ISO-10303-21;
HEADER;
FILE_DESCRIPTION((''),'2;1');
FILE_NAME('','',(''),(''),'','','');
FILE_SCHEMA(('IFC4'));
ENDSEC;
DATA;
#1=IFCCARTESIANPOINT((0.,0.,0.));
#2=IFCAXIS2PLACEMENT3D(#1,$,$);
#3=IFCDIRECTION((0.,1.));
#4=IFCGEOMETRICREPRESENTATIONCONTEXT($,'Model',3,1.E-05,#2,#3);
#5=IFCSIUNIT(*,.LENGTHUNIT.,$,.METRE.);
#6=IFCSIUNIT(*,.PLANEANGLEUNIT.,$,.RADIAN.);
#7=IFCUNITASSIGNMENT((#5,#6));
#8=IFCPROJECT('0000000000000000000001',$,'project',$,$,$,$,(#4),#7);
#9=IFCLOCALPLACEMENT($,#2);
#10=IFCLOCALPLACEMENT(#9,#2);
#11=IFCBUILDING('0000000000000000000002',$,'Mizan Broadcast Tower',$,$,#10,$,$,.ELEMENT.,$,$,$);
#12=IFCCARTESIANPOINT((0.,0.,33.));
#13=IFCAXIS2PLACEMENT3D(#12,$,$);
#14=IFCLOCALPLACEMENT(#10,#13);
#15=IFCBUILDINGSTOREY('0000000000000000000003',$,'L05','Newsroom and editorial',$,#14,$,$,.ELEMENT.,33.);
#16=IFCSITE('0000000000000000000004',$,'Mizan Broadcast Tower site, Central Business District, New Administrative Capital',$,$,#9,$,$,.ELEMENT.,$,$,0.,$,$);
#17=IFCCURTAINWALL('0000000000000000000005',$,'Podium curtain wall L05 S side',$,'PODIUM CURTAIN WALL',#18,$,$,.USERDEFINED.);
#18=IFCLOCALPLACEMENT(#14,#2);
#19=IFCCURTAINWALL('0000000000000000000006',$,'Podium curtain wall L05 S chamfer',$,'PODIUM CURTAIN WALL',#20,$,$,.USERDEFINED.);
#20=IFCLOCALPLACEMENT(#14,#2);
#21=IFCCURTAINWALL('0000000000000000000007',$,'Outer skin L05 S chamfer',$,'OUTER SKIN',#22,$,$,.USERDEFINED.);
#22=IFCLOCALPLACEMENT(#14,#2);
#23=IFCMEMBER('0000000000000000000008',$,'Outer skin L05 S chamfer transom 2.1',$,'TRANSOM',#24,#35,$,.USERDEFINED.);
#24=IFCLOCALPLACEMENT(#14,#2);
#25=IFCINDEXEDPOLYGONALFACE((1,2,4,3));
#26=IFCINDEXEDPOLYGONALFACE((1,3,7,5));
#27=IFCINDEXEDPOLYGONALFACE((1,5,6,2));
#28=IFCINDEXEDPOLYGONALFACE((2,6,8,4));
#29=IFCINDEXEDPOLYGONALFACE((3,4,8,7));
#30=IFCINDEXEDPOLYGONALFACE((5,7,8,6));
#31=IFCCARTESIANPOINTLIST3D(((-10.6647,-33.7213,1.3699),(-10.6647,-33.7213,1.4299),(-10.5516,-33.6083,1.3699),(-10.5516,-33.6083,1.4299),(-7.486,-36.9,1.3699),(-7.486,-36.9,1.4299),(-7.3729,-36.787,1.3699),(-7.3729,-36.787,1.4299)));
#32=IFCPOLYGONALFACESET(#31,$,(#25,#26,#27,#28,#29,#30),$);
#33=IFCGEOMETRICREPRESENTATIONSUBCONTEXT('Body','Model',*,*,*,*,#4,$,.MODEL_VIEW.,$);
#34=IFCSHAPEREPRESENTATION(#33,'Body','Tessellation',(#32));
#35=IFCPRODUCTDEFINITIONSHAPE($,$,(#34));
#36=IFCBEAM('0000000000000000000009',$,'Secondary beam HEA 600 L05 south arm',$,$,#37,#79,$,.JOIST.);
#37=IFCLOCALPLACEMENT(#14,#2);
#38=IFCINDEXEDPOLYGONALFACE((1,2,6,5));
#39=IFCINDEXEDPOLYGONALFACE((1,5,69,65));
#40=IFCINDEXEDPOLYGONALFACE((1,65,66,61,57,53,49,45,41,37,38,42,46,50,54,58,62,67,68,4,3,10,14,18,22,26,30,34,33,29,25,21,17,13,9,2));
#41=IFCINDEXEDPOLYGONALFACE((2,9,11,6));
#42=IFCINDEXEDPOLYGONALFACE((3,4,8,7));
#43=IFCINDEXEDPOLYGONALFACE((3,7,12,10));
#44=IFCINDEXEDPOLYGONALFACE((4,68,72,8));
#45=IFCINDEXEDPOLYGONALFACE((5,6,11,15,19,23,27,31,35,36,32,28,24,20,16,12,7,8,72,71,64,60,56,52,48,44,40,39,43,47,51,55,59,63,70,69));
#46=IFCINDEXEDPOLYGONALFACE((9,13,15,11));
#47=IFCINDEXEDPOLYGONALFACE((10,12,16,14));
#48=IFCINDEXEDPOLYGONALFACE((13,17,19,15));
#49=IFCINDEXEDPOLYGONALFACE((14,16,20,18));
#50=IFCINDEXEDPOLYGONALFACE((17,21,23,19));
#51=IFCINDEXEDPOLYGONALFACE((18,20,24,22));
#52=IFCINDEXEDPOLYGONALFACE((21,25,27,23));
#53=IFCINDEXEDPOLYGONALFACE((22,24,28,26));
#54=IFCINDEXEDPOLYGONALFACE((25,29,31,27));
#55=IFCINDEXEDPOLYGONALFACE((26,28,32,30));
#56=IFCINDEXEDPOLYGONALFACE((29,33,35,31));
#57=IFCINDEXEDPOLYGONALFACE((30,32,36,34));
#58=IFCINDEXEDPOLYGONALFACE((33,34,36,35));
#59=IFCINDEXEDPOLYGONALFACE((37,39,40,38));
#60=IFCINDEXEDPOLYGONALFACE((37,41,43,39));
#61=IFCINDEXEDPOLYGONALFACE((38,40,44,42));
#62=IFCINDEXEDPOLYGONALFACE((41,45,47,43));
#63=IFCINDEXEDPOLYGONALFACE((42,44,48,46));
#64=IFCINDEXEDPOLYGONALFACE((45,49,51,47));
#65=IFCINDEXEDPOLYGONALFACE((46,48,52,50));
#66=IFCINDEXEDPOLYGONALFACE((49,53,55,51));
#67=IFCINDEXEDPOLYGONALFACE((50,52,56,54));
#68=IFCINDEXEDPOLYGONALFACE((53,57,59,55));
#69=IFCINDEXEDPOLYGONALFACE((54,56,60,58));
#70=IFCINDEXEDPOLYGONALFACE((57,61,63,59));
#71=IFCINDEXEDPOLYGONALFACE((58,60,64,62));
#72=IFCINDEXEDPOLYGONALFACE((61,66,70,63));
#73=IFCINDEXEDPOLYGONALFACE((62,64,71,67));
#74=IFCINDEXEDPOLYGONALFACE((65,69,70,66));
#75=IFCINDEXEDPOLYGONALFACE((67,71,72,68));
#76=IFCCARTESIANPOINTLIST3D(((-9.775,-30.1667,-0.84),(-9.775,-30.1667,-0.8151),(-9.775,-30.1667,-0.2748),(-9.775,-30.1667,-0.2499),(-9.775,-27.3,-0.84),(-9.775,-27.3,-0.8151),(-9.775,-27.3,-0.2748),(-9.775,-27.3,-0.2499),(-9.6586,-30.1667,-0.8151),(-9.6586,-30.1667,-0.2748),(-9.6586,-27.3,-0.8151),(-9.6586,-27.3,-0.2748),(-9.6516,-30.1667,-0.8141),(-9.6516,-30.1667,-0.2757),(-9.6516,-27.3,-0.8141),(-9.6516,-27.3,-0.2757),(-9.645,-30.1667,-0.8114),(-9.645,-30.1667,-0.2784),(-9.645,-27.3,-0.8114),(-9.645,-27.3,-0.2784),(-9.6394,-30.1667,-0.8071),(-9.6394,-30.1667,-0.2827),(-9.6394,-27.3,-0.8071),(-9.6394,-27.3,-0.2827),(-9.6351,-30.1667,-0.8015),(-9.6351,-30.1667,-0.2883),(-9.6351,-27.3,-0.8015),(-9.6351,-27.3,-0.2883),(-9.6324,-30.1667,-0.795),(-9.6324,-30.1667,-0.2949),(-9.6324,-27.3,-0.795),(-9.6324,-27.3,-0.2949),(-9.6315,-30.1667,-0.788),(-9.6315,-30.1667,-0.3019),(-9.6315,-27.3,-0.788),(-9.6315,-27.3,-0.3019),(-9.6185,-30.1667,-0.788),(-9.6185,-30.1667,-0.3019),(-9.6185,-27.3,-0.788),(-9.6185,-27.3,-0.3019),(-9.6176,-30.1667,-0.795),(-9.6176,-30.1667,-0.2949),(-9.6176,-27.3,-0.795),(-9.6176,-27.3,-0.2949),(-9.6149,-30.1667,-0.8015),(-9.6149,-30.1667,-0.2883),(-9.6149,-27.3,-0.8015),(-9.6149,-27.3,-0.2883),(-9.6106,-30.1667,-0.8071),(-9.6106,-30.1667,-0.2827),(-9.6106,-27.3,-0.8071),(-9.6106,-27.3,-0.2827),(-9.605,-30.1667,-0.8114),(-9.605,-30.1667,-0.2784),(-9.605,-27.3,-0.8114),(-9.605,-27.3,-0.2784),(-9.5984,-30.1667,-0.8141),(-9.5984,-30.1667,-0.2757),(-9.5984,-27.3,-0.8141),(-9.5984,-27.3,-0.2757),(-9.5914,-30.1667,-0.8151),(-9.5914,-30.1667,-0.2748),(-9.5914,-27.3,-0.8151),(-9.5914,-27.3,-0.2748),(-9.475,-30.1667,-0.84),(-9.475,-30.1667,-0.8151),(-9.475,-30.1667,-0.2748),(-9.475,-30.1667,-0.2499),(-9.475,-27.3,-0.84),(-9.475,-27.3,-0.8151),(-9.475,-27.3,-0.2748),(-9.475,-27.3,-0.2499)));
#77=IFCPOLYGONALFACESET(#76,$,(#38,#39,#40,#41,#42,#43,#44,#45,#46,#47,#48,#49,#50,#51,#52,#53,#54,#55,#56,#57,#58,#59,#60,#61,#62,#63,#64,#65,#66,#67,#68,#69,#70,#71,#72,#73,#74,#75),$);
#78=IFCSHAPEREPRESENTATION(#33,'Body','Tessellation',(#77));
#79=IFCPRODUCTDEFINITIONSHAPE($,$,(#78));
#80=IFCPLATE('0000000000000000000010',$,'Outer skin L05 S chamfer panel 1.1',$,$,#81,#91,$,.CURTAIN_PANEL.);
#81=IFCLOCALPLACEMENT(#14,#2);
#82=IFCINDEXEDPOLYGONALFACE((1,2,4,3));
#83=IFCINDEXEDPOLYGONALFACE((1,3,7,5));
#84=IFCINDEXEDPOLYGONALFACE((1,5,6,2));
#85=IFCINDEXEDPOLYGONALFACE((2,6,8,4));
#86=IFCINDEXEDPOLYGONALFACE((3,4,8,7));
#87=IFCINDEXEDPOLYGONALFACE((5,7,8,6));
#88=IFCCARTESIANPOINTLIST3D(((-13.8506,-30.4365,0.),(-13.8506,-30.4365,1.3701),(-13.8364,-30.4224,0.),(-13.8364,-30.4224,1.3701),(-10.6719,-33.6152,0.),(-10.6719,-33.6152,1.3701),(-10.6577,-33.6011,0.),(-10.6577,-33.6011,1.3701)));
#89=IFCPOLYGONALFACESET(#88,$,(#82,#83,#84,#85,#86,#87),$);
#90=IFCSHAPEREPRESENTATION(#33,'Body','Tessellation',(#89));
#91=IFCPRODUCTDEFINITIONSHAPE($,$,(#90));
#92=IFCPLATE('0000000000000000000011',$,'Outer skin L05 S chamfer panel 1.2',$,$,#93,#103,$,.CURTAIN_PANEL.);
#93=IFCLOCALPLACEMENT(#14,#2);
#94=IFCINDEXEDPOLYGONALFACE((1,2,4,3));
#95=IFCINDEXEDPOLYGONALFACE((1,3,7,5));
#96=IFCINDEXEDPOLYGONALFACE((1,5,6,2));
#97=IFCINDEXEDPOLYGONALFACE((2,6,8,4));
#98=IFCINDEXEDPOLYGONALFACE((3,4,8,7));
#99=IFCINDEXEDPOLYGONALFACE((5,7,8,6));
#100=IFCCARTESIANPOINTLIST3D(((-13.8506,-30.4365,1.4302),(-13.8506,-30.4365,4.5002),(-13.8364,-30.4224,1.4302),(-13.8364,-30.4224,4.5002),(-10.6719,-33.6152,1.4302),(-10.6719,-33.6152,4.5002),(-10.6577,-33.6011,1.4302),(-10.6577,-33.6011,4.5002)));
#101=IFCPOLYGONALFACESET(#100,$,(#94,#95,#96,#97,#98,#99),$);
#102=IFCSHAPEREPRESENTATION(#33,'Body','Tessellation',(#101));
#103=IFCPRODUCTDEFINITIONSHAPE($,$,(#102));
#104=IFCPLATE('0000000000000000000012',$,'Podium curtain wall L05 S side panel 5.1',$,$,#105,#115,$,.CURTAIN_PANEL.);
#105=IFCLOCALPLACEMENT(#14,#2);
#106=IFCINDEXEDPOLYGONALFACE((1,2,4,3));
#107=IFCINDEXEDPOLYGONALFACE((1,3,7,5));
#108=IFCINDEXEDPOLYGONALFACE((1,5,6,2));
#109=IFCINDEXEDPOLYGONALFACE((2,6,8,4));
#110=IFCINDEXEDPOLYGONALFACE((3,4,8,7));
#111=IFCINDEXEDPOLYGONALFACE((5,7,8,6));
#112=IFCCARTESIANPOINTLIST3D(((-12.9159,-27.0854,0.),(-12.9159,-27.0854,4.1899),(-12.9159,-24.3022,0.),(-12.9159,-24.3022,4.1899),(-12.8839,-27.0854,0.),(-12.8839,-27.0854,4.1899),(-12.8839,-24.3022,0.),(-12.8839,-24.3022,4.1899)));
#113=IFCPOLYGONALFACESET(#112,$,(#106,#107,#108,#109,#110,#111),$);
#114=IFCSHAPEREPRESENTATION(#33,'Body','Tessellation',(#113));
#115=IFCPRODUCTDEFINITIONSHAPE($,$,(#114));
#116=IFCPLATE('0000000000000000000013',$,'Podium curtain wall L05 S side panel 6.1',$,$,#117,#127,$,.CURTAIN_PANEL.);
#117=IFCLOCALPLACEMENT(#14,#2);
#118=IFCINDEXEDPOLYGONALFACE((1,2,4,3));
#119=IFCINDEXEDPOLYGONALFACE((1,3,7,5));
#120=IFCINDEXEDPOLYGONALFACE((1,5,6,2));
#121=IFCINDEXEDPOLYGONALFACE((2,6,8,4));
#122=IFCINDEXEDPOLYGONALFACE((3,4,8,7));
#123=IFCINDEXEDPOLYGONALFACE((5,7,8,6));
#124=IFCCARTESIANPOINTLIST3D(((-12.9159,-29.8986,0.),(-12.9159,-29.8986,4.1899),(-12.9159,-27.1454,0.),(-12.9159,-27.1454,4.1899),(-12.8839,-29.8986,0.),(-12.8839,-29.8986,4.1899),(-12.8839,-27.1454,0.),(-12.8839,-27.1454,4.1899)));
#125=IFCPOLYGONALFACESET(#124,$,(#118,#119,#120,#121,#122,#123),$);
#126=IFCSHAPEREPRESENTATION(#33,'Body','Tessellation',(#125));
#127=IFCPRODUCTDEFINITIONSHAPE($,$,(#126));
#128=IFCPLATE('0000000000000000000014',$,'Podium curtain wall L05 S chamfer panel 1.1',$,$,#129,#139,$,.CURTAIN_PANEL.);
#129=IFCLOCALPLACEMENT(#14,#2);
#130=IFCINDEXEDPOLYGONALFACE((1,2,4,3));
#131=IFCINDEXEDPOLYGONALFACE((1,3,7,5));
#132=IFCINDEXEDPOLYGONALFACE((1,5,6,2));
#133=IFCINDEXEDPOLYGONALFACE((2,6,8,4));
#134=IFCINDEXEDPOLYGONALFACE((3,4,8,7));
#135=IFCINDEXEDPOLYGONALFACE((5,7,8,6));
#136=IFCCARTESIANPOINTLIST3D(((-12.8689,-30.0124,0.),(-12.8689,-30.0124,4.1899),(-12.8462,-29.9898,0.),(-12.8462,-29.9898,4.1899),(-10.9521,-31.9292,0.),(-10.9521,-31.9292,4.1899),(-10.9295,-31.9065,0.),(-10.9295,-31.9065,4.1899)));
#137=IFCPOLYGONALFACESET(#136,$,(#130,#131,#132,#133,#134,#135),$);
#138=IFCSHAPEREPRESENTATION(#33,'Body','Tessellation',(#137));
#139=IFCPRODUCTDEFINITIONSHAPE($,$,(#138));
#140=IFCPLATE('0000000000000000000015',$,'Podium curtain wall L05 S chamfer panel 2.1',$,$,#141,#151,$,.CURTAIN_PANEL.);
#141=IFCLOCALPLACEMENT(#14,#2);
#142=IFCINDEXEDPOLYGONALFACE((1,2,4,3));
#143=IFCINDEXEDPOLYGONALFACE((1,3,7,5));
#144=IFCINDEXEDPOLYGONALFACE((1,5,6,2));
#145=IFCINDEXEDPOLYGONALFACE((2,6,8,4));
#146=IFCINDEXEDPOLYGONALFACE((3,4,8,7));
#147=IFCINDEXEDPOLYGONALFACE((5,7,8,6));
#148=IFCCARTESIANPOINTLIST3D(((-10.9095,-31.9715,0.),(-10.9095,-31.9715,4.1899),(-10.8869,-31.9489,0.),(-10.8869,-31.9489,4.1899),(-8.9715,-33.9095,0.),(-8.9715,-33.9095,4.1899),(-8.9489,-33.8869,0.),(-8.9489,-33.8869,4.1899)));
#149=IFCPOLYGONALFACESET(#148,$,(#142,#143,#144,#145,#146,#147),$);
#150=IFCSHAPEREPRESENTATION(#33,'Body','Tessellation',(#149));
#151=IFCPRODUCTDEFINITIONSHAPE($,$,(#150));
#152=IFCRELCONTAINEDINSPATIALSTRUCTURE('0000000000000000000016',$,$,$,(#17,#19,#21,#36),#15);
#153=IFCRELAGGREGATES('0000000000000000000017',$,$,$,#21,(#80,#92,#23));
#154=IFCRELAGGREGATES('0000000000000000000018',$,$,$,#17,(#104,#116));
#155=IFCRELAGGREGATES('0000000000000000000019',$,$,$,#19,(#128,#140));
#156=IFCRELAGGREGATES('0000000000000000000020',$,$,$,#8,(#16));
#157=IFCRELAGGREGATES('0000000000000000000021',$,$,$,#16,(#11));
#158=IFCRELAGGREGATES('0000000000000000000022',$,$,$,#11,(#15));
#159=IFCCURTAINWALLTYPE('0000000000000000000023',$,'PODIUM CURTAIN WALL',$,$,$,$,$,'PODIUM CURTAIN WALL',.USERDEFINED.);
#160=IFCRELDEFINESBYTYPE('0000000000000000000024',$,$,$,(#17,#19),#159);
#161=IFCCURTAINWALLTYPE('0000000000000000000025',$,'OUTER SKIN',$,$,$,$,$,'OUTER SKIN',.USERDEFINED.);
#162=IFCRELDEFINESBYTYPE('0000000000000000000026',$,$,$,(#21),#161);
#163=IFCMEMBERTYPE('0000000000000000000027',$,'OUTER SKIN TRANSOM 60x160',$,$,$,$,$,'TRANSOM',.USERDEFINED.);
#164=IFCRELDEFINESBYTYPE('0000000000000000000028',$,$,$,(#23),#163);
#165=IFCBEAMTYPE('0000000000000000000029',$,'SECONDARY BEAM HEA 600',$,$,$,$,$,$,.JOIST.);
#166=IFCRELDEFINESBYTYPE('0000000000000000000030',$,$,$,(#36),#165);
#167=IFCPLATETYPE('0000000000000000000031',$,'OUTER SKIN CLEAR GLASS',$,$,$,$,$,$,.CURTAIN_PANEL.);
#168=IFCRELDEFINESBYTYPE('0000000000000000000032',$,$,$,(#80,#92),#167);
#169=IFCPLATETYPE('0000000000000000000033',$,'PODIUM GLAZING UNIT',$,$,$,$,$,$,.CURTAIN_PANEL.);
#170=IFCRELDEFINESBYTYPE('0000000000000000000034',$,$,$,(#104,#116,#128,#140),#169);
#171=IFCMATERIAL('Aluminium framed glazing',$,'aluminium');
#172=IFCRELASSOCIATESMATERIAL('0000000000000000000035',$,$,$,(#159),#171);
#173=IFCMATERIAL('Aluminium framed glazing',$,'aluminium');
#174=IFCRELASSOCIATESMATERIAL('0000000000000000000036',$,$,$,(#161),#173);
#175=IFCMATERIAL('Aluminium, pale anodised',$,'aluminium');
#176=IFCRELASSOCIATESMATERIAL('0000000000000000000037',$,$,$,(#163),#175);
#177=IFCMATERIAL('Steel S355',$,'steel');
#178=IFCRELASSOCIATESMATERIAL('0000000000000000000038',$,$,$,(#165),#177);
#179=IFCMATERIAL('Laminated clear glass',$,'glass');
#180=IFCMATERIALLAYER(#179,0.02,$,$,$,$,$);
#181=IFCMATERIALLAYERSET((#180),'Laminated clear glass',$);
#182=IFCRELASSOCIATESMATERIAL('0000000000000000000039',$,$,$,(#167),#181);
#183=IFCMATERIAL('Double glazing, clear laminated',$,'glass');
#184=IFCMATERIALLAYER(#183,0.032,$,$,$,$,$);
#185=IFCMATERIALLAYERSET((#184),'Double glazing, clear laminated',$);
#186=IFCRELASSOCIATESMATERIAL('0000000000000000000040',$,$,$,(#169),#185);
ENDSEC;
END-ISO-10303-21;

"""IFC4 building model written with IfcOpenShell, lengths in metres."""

from ifc_helpers import new_model, si_unit, direction, frame, origin, origin_2d, place, context, subcontext, project, spatial, rectangle, i_section, extrude, material, layer, layer_set, material_profile, profile_set, type_object, element, aggregate, save


model = new_model("IFC4")

# Units and contexts
model_context = context("Model", 3, precision=1e-05, world=origin(), true_north=direction((0.0, 1.0)))
body_context = subcontext(model_context, "Body", "Model", "MODEL_VIEW")
ifc_project = project(units=[si_unit("LENGTHUNIT", "METRE"), si_unit("PLANEANGLEUNIT", "RADIAN")], contexts=[model_context])

# Site, building, storey
site_placement = place(None, origin())
site = spatial("IfcSite", under=ifc_project, at=site_placement, Name="Mizan Broadcast Tower site, Central Business District, New Administrative Capital", CompositionType="ELEMENT", RefElevation=0.0)
building_placement = place(site_placement, origin())
building = spatial("IfcBuilding", under=site, at=building_placement, Name="Mizan Broadcast Tower", CompositionType="ELEMENT")
storey_placement = place(building_placement, frame((0.0, 0.0, 33.0)))
storey = spatial("IfcBuildingStorey", under=building, at=storey_placement, Name="L05", Description="Newsroom and editorial", CompositionType="ELEMENT", Elevation=33.0)

# Curtain wall
ifc_material_1 = material(Name="Aluminium framed glazing", Category="aluminium")
curtain_wall_type_1 = type_object("IfcCurtainWallType", Name="PODIUM CURTAIN WALL", ElementType="PODIUM CURTAIN WALL", PredefinedType="USERDEFINED", material=ifc_material_1)
curtain_wall_1_placement = place(storey_placement, origin())
curtain_wall_1 = element("IfcCurtainWall", 1, at=curtain_wall_1_placement, inside=storey, type_object=curtain_wall_type_1, Name="Podium curtain wall L05 S side", ObjectType="PODIUM CURTAIN WALL", PredefinedType="USERDEFINED")

# Curtain wall
curtain_wall_2_placement = place(storey_placement, origin())
curtain_wall_2 = element("IfcCurtainWall", 2, at=curtain_wall_2_placement, inside=storey, type_object=curtain_wall_type_1, Name="Podium curtain wall L05 S chamfer", ObjectType="PODIUM CURTAIN WALL", PredefinedType="USERDEFINED")

# Curtain wall, member
ifc_material_2 = material(Name="Aluminium framed glazing", Category="aluminium")
curtain_wall_type_2 = type_object("IfcCurtainWallType", Name="OUTER SKIN", ElementType="OUTER SKIN", PredefinedType="USERDEFINED", material=ifc_material_2)
curtain_wall_3_placement = place(storey_placement, origin())
curtain_wall_3 = element("IfcCurtainWall", 3, at=curtain_wall_3_placement, inside=storey, type_object=curtain_wall_type_2, Name="Outer skin L05 S chamfer", ObjectType="OUTER SKIN", PredefinedType="USERDEFINED")
ifc_material_3 = material(Name="Aluminium, pale anodised", Category="aluminium")
ifc_material_profile_1 = material_profile(ifc_material_3, rectangle(XDim=0.1599, YDim=0.0601, at=origin_2d()), Name="TRANSOM 160x60")
ifc_profile_set_1 = profile_set([ifc_material_profile_1], Name="Aluminium, pale anodised")
member_type_1 = type_object("IfcMemberType", Name="OUTER SKIN TRANSOM 60x160", ElementType="TRANSOM", PredefinedType="USERDEFINED", material=ifc_profile_set_1)
member_1_placement = place(storey_placement, frame((-10.6082, -33.6648, 1.3999), z_axis=(0.707107, -0.707107, 0.0), x_axis=(0.707107, 0.707107, 0.0)))
member_1 = element("IfcMember", 4, at=member_1_placement, type_object=member_type_1, Name="Outer skin L05 S chamfer transom 2.1", ObjectType="TRANSOM", PredefinedType="USERDEFINED", context=body_context, shape_type="SweptSolid", body=[
    extrude(rectangle(XDim=0.1599, YDim=0.0601, at=origin_2d()), origin(), (0.0, 0.0, 1.0), 4.4954),
])

# Beam
ifc_material_4 = material(Name="Steel S355", Category="steel")
ifc_material_profile_2 = material_profile(ifc_material_4, i_section(OverallWidth=0.3, OverallDepth=0.5901, WebThickness=0.0129, FlangeThickness=0.0249, FilletRadius=0.0271, at=origin_2d()), Name="HEA 600")
ifc_profile_set_2 = profile_set([ifc_material_profile_2], Name="Steel S355")
beam_type_1 = type_object("IfcBeamType", Name="SECONDARY BEAM HEA 600", PredefinedType="JOIST", material=ifc_profile_set_2)
beam_1_placement = place(storey_placement, frame((-9.625, -27.3, -0.5449), z_axis=(0.0, -1.0, 0.0), x_axis=(1.0, 0.0, 0.0)))
element("IfcBeam", 5, at=beam_1_placement, inside=storey, type_object=beam_type_1, Name="Secondary beam HEA 600 L05 south arm", PredefinedType="JOIST", context=body_context, shape_type="SweptSolid", body=[
    extrude(i_section(OverallWidth=0.3, OverallDepth=0.5901, WebThickness=0.0129, FlangeThickness=0.0249, FilletRadius=0.0271, at=origin_2d()), origin(), (0.0, 0.0, 1.0), 2.8667),
])

# Plates
ifc_material_5 = material(Name="Laminated clear glass", Category="glass")
ifc_layer_1 = layer(ifc_material_5, 0.02)
ifc_layer_set_1 = layer_set([ifc_layer_1], Name="Laminated clear glass")
plate_type_1 = type_object("IfcPlateType", Name="OUTER SKIN CLEAR GLASS", PredefinedType="CURTAIN_PANEL", material=ifc_layer_set_1)
plate_1_placement = place(storey_placement, frame((-12.2542, -32.0188, 0.0), z_axis=(0.0, 0.0, 1.0), x_axis=(0.707107, -0.707107, 0.0)))
plate_1 = element("IfcPlate", 6, at=plate_1_placement, type_object=plate_type_1, Name="Outer skin L05 S chamfer panel 1.1", PredefinedType="CURTAIN_PANEL", context=body_context, shape_type="SweptSolid", body=[
    extrude(rectangle(XDim=4.4954, YDim=0.02, at=origin_2d()), origin(), (0.0, 0.0, 1.0), 1.3701),
])
plate_2_placement = place(storey_placement, frame((-12.2542, -32.0188, 1.4302), z_axis=(0.0, 0.0, 1.0), x_axis=(0.707107, -0.707107, 0.0)))
plate_2 = element("IfcPlate", 7, at=plate_2_placement, type_object=plate_type_1, Name="Outer skin L05 S chamfer panel 1.2", PredefinedType="CURTAIN_PANEL", context=body_context, shape_type="SweptSolid", body=[
    extrude(rectangle(XDim=4.4954, YDim=0.02, at=origin_2d()), origin(), (0.0, 0.0, 1.0), 3.0701),
])
aggregate(curtain_wall_3, [plate_1, plate_2, member_1])
ifc_material_6 = material(Name="Double glazing, clear laminated", Category="glass")
ifc_layer_2 = layer(ifc_material_6, 0.032)
ifc_layer_set_2 = layer_set([ifc_layer_2], Name="Double glazing, clear laminated")
plate_type_2 = type_object("IfcPlateType", Name="PODIUM GLAZING UNIT", PredefinedType="CURTAIN_PANEL", material=ifc_layer_set_2)
plate_3_placement = place(storey_placement, frame((-12.8999, -25.6938, 0.0), z_axis=(0.0, 0.0, 1.0), x_axis=(0.0, -1.0, 0.0)))
plate_3 = element("IfcPlate", 8, at=plate_3_placement, type_object=plate_type_2, Name="Podium curtain wall L05 S side panel 5.1", PredefinedType="CURTAIN_PANEL", context=body_context, shape_type="SweptSolid", body=[
    extrude(rectangle(XDim=2.7832, YDim=0.032, at=origin_2d()), origin(), (0.0, 0.0, 1.0), 4.1899),
])
plate_4_placement = place(storey_placement, frame((-12.8999, -28.522, 0.0), z_axis=(0.0, 0.0, 1.0), x_axis=(0.0, -1.0, 0.0)))
plate_4 = element("IfcPlate", 9, at=plate_4_placement, type_object=plate_type_2, Name="Podium curtain wall L05 S side panel 6.1", PredefinedType="CURTAIN_PANEL", context=body_context, shape_type="SweptSolid", body=[
    extrude(rectangle(XDim=2.7532, YDim=0.032, at=origin_2d()), origin(), (0.0, 0.0, 1.0), 4.1899),
])
aggregate(curtain_wall_1, [plate_3, plate_4])
plate_5_placement = place(storey_placement, frame((-11.8992, -30.9595, 0.0), z_axis=(0.0, 0.0, 1.0), x_axis=(0.707107, -0.707107, 0.0)))
plate_5 = element("IfcPlate", 10, at=plate_5_placement, type_object=plate_type_2, Name="Podium curtain wall L05 S chamfer panel 1.1", PredefinedType="CURTAIN_PANEL", context=body_context, shape_type="SweptSolid", body=[
    extrude(rectangle(XDim=2.7107, YDim=0.032, at=origin_2d()), origin(), (0.0, 0.0, 1.0), 4.1899),
])
plate_6_placement = place(storey_placement, frame((-9.9292, -32.9292, 0.0), z_axis=(0.0, 0.0, 1.0), x_axis=(0.707107, -0.707107, 0.0)))
plate_6 = element("IfcPlate", 11, at=plate_6_placement, type_object=plate_type_2, Name="Podium curtain wall L05 S chamfer panel 2.1", PredefinedType="CURTAIN_PANEL", context=body_context, shape_type="SweptSolid", body=[
    extrude(rectangle(XDim=2.7407, YDim=0.032, at=origin_2d()), origin(), (0.0, 0.0, 1.0), 4.1899),
])
aggregate(curtain_wall_2, [plate_5, plate_6])

save(model, "model.ifc")
